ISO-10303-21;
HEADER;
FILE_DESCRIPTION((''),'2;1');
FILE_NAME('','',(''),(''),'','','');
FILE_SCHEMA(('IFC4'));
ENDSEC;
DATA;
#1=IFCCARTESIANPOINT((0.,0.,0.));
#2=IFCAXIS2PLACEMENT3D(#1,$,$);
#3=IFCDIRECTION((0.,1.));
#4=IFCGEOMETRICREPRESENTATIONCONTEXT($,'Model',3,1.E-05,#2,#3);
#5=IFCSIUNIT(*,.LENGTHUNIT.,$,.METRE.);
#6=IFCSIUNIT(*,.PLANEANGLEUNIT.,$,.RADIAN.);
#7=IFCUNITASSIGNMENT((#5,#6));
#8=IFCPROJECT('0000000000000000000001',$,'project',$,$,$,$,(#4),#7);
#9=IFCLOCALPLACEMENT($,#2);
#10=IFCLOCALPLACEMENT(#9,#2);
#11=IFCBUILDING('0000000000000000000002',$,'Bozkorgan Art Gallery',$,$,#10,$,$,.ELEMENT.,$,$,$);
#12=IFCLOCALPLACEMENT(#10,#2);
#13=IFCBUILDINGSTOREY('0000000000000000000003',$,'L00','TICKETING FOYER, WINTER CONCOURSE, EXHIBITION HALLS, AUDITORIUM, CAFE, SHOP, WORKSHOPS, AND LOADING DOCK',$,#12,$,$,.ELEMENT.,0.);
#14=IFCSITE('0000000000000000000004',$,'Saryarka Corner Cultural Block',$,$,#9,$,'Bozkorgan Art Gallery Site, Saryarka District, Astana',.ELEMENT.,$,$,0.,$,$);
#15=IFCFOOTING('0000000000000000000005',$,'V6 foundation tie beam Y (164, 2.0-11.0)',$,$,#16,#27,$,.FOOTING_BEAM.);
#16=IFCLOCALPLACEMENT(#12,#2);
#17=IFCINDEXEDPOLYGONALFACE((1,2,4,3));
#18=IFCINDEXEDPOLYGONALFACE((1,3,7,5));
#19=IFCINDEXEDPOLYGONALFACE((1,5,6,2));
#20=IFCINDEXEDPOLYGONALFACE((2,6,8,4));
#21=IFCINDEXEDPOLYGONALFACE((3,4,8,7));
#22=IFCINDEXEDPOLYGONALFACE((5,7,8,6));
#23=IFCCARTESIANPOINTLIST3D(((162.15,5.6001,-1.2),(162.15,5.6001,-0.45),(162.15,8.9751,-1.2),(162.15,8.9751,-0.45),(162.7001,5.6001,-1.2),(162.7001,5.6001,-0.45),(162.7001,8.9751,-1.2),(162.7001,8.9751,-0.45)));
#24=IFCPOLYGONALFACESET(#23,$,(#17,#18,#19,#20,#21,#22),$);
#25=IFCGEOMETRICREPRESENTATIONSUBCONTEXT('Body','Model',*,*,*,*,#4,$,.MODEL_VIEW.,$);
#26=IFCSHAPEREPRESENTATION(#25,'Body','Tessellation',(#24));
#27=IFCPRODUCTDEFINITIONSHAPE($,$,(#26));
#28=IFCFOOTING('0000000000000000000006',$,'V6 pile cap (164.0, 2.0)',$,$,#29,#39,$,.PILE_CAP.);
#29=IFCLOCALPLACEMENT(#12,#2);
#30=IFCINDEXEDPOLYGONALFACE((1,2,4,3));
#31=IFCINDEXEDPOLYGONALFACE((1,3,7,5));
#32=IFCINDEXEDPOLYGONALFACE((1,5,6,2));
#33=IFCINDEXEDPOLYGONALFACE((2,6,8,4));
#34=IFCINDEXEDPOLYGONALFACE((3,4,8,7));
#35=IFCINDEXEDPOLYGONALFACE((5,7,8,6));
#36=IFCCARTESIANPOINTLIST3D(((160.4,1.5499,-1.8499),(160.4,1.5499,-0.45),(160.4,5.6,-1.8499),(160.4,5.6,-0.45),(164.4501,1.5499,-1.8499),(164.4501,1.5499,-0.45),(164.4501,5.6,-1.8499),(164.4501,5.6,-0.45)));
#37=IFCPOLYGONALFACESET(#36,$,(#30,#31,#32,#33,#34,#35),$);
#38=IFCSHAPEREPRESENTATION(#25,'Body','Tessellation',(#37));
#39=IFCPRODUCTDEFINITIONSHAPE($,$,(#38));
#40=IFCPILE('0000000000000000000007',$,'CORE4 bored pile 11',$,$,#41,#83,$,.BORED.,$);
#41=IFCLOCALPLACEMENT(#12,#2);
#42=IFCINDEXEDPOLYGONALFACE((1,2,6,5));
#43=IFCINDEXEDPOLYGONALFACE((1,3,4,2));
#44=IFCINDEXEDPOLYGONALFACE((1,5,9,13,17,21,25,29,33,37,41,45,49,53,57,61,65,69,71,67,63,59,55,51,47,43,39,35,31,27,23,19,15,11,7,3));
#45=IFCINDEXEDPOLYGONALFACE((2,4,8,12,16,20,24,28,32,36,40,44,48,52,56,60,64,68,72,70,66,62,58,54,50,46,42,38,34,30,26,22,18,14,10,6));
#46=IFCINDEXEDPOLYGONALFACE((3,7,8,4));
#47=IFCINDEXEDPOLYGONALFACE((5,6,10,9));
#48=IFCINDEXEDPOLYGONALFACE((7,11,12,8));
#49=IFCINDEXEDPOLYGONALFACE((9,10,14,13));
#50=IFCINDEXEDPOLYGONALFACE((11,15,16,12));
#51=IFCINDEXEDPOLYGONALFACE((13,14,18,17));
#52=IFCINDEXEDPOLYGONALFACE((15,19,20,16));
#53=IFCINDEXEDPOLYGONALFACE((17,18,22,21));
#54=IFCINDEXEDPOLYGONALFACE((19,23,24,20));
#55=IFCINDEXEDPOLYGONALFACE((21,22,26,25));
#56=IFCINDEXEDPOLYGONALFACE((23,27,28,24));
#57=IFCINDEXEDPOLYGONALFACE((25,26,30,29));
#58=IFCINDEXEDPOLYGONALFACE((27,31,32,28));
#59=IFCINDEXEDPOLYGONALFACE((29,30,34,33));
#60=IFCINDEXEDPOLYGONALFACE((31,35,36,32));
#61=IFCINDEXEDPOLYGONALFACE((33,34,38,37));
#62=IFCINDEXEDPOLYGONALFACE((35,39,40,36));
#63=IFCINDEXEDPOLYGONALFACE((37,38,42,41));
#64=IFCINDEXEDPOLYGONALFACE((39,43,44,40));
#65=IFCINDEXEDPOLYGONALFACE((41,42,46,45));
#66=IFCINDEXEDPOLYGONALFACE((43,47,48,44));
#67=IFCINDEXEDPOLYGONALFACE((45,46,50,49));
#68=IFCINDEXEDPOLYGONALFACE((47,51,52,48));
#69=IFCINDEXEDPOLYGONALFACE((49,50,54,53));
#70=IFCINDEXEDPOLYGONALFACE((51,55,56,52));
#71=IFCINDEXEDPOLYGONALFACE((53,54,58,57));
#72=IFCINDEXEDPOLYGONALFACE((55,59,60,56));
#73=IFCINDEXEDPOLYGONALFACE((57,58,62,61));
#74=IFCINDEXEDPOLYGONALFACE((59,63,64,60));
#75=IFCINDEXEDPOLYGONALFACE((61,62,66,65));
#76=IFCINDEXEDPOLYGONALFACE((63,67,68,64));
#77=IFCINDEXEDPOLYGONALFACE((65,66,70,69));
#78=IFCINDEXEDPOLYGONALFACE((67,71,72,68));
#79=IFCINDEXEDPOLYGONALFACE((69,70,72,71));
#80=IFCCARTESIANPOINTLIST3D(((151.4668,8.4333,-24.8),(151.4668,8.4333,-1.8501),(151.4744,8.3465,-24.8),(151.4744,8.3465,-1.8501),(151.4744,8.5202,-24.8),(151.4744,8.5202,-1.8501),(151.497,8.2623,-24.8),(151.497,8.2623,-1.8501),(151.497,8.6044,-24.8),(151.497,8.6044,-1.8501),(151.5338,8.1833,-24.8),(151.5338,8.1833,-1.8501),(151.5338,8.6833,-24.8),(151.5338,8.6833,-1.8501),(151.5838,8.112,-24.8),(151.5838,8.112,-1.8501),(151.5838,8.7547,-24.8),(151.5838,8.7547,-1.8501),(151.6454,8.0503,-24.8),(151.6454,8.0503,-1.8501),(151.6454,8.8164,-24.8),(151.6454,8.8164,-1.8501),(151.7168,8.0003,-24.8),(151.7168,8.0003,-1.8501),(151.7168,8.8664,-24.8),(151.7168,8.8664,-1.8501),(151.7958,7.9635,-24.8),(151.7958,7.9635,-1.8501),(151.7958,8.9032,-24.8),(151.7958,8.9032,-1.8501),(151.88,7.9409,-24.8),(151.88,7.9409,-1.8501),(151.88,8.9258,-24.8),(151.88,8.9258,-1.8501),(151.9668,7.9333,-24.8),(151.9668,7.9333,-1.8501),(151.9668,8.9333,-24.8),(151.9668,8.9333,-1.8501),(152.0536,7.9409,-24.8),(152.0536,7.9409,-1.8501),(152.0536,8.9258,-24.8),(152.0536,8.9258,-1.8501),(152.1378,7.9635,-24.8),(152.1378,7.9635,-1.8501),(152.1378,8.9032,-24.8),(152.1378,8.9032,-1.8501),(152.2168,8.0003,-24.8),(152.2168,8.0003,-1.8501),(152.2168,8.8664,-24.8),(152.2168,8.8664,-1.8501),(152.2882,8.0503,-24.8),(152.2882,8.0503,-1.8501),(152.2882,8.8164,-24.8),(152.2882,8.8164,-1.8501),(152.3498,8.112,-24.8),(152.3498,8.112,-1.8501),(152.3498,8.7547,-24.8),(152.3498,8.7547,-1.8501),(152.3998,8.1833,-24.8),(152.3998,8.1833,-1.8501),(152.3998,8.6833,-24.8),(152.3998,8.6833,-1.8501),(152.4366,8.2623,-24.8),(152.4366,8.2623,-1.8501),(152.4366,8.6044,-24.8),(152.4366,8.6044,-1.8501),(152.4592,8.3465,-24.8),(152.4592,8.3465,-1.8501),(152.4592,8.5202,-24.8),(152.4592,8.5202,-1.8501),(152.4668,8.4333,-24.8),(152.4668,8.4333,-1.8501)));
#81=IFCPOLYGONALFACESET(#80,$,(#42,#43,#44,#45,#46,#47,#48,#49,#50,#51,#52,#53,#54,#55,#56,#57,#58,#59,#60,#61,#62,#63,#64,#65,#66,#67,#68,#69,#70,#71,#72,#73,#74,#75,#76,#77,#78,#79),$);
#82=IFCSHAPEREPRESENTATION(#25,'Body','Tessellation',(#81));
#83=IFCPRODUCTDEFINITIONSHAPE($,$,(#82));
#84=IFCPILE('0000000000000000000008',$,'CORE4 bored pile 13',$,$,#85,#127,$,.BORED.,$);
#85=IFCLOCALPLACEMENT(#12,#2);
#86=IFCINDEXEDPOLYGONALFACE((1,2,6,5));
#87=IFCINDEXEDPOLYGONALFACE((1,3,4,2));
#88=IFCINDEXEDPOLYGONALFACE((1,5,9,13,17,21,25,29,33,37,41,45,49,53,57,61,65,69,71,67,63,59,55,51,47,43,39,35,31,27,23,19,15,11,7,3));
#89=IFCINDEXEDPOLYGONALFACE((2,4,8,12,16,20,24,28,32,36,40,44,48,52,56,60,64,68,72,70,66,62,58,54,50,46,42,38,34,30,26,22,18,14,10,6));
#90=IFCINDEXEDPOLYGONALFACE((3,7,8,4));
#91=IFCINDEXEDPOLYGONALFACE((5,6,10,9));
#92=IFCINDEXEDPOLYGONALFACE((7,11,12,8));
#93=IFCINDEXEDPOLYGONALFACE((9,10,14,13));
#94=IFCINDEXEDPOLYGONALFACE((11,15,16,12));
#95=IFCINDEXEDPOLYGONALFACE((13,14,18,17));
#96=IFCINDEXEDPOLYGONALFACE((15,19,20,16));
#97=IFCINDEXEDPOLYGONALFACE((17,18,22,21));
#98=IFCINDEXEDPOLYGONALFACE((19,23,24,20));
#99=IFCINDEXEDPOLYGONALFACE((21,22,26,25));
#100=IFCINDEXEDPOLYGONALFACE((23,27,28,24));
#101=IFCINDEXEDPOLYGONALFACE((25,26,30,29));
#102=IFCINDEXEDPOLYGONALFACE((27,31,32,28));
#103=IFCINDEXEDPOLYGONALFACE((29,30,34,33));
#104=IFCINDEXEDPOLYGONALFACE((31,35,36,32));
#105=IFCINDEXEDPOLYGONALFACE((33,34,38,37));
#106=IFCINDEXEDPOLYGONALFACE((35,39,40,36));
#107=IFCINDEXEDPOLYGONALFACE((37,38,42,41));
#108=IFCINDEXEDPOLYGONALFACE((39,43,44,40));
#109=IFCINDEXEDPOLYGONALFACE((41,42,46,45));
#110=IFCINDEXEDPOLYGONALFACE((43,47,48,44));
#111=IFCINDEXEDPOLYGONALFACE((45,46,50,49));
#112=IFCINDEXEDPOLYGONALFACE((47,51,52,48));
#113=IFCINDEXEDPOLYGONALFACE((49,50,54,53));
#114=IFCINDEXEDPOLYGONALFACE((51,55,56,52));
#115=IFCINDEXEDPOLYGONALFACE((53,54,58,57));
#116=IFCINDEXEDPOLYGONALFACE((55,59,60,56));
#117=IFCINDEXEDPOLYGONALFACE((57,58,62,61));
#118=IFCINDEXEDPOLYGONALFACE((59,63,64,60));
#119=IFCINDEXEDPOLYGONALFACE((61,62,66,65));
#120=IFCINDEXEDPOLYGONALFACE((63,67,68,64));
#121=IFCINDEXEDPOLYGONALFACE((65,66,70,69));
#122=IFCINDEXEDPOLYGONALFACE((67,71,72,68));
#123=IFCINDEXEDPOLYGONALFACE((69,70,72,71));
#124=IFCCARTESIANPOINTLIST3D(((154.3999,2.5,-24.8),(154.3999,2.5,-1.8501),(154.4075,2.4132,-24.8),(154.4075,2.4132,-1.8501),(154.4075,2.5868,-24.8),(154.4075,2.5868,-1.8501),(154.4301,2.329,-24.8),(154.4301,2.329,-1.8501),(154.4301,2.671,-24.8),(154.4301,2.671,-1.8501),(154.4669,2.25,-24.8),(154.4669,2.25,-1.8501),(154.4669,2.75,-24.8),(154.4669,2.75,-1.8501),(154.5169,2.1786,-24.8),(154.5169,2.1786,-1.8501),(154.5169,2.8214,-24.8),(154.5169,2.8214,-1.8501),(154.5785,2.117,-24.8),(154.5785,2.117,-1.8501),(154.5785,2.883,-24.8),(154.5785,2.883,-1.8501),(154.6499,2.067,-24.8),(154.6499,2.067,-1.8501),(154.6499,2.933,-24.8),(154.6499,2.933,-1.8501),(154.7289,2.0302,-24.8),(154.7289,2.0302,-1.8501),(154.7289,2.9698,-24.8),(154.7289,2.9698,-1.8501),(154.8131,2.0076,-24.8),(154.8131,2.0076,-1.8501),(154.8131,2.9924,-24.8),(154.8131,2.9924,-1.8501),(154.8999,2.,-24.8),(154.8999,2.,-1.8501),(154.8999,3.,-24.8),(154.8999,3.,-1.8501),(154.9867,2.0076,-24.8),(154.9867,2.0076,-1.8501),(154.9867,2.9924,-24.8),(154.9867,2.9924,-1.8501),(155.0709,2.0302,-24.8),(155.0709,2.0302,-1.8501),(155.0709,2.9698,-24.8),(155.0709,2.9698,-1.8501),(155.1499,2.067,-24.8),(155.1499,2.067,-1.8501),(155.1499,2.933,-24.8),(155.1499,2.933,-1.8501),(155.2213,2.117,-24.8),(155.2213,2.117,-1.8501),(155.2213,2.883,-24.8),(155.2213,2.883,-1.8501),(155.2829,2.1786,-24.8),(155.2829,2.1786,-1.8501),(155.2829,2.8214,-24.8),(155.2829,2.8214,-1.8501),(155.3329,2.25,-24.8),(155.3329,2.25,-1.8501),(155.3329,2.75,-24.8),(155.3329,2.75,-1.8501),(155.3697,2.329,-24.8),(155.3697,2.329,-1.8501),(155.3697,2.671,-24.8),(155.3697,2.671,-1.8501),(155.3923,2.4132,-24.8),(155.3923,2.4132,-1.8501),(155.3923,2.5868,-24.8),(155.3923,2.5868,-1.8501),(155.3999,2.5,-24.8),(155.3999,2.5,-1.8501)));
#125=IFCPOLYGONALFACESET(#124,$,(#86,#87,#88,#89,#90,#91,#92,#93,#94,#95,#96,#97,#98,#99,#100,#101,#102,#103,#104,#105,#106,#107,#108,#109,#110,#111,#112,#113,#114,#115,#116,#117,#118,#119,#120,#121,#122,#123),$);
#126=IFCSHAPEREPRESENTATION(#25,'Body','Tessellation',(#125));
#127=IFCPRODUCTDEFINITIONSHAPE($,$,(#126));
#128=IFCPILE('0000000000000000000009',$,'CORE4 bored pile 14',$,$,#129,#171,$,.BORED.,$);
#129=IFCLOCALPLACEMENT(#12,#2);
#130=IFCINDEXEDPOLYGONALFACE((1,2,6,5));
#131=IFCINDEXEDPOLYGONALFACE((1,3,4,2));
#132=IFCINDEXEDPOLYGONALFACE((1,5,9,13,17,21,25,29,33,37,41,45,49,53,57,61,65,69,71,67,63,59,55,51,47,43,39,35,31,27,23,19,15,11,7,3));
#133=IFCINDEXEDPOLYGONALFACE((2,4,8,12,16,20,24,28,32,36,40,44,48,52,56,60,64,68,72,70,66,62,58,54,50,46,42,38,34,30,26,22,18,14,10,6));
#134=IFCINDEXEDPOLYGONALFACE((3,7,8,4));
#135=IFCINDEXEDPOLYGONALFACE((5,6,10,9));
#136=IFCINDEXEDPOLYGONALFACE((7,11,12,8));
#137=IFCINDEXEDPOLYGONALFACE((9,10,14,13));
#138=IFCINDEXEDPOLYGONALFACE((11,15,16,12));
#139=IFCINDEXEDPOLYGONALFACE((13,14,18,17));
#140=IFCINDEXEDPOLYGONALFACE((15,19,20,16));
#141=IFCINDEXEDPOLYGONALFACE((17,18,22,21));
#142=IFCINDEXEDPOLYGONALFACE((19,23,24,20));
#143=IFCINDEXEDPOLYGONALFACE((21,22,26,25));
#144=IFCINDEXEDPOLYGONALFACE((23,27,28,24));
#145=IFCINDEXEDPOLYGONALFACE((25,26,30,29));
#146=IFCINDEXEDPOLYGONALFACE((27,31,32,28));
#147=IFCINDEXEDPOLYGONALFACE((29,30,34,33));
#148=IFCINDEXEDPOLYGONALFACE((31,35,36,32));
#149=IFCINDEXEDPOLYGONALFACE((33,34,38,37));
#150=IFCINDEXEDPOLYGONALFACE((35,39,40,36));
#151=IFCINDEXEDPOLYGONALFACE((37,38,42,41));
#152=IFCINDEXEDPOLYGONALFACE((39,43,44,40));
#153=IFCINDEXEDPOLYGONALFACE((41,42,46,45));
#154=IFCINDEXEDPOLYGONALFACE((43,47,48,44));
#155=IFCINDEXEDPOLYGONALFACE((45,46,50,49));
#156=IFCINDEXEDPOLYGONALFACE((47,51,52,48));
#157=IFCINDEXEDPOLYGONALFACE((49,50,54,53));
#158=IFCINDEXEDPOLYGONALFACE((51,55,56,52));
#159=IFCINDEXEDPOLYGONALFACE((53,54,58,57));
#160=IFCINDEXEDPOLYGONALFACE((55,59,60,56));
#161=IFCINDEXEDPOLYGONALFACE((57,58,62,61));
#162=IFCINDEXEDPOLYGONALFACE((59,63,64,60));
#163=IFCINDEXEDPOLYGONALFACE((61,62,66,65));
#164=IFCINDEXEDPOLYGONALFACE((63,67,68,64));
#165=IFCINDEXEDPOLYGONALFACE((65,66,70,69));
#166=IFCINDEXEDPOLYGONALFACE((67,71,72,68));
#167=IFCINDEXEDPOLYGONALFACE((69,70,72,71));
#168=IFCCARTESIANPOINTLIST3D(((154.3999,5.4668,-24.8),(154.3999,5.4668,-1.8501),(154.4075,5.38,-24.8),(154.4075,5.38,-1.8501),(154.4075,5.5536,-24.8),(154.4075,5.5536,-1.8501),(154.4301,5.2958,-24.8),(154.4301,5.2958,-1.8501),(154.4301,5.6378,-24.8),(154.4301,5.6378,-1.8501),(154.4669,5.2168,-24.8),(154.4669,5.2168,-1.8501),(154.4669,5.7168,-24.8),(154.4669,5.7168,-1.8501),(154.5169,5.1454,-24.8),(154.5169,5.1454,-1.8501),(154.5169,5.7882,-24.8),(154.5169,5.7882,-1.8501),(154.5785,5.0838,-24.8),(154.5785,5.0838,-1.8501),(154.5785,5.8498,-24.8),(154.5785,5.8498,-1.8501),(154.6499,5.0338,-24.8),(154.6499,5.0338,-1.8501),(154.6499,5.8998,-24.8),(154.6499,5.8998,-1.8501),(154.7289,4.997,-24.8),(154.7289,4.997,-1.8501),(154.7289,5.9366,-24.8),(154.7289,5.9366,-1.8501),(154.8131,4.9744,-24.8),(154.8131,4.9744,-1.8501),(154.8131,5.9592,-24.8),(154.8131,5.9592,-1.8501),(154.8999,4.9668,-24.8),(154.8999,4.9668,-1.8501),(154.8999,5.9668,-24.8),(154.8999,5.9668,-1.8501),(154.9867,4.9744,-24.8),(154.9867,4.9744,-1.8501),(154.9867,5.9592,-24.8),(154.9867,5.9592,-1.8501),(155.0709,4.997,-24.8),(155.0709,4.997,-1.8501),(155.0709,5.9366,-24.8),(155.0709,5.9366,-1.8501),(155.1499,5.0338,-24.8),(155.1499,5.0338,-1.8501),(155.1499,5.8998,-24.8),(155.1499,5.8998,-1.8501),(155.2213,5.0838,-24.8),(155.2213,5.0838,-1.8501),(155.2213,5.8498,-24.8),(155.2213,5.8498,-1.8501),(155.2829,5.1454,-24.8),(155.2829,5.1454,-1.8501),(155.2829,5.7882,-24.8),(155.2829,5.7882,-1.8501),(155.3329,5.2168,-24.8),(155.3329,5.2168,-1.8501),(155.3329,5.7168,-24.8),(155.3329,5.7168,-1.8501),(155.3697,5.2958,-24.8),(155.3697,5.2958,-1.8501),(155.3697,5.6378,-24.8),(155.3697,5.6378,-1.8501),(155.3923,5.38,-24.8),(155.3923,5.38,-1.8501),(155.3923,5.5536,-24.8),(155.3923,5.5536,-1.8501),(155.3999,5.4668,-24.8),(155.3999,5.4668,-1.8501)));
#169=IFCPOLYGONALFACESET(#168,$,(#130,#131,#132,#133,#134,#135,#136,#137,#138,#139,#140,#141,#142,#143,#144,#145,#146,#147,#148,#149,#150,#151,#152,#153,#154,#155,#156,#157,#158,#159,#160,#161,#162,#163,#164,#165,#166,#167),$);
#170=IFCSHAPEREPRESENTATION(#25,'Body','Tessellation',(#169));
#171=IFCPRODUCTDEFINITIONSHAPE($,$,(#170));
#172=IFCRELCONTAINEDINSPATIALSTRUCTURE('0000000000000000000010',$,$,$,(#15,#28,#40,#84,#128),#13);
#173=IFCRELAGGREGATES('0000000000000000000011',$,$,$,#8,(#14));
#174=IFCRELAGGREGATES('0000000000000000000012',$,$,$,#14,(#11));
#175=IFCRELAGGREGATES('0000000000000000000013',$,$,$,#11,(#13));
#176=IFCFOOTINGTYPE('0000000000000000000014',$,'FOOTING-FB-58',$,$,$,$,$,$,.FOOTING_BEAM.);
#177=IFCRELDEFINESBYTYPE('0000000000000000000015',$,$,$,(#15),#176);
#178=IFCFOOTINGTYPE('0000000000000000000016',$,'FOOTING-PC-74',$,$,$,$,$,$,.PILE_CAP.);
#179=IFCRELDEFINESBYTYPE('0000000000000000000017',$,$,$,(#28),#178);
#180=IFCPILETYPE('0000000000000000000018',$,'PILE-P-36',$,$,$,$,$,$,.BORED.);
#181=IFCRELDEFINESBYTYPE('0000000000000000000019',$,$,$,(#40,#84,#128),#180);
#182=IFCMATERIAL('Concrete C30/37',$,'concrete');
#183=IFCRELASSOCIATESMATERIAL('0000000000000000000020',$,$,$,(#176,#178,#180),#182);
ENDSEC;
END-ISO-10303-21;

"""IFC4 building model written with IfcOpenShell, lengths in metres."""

from ifc_helpers import new_model, si_unit, direction, frame, origin, origin_2d, place, context, subcontext, project, spatial, rectangle, circle, extrude, material, material_profile, profile_set, type_object, element, save


model = new_model("IFC4")

# Units and contexts
model_context = context("Model", 3, precision=1e-05, world=origin(), true_north=direction((0.0, 1.0)))
body_context = subcontext(model_context, "Body", "Model", "MODEL_VIEW")
ifc_project = project(units=[si_unit("LENGTHUNIT", "METRE"), si_unit("PLANEANGLEUNIT", "RADIAN")], contexts=[model_context])

# Site, building, storey
site_placement = place(None, origin())
site = spatial("IfcSite", under=ifc_project, at=site_placement, Name="Saryarka Corner Cultural Block", LongName="Bozkorgan Art Gallery Site, Saryarka District, Astana", CompositionType="ELEMENT", RefElevation=0.0)
building_placement = place(site_placement, origin())
building = spatial("IfcBuilding", under=site, at=building_placement, Name="Bozkorgan Art Gallery", CompositionType="ELEMENT")
storey_placement = place(building_placement, origin())
storey = spatial("IfcBuildingStorey", under=building, at=storey_placement, Name="L00", Description="TICKETING FOYER, WINTER CONCOURSE, EXHIBITION HALLS, AUDITORIUM, CAFE, SHOP, WORKSHOPS, AND LOADING DOCK", CompositionType="ELEMENT", Elevation=0.0)

# Footings
ifc_material_1 = material(Name="Concrete C30/37", Category="concrete")
ifc_material_profile_1 = material_profile(ifc_material_1, rectangle(XDim=0.55, YDim=0.75, at=origin_2d()), Name="FND 550x750")
ifc_profile_set_1 = profile_set([ifc_material_profile_1], Name="Concrete C30/37")
footing_type_1 = type_object("IfcFootingType", Name="FOOTING-FB-58", PredefinedType="FOOTING_BEAM", material=ifc_profile_set_1)
footing_1_placement = place(storey_placement, frame((162.425, 5.6001, -0.825), z_axis=(0.0, 1.0, 0.0), x_axis=(-1.0, 0.0, 0.0)))
element("IfcFooting", 1, at=footing_1_placement, inside=storey, type_object=footing_type_1, Name="V6 foundation tie beam Y (164, 2.0-11.0)", PredefinedType="FOOTING_BEAM", context=body_context, shape_type="SweptSolid", body=[
    extrude(rectangle(XDim=0.55, YDim=0.75, at=origin_2d()), origin(), (0.0, 0.0, 1.0), 3.375),
])
footing_type_2 = type_object("IfcFootingType", Name="FOOTING-PC-74", PredefinedType="PILE_CAP", material=ifc_material_1)
footing_2_placement = place(storey_placement, frame((162.425, 3.575, -1.8499), z_axis=(0.0, 0.0, 1.0), x_axis=(1.0, 0.0, 0.0)))
element("IfcFooting", 2, at=footing_2_placement, inside=storey, type_object=footing_type_2, Name="V6 pile cap (164.0, 2.0)", PredefinedType="PILE_CAP", context=body_context, shape_type="SweptSolid", body=[
    extrude(rectangle(XDim=4.05, YDim=4.05, at=origin_2d()), origin(), (0.0, 0.0, 1.0), 1.3999),
])

# Piles
ifc_material_profile_2 = material_profile(ifc_material_1, circle(Radius=0.5, at=origin_2d()), Name="PILE D1000")
ifc_profile_set_2 = profile_set([ifc_material_profile_2], Name="Concrete C30/37")
pile_type_1 = type_object("IfcPileType", Name="PILE-P-36", PredefinedType="BORED", material=ifc_profile_set_2)
for number, where, z_axis, x_axis, name in (
    (3, (151.9668, 8.4333, -1.8501), (0.0, 0.0, -1.0), (1.0, 0.0, 0.0), "CORE4 bored pile 11"),
    (4, (154.8999, 2.5, -1.8501), (0.0, 0.0, -1.0), (1.0, 0.0, 0.0), "CORE4 bored pile 13"),
    (5, (154.8999, 5.4668, -1.8501), (0.0, 0.0, -1.0), (1.0, 0.0, 0.0), "CORE4 bored pile 14"),
):
    element("IfcPile", number, at=place(storey_placement, frame(where, z_axis=z_axis, x_axis=x_axis)), inside=storey, type_object=pile_type_1, Name=name, PredefinedType="BORED", context=body_context, shape_type="SweptSolid", body=[
        extrude(circle(Radius=0.5, at=origin_2d()), origin(), (0.0, 0.0, 1.0), 22.95),
    ])

save(model, "model.ifc")
